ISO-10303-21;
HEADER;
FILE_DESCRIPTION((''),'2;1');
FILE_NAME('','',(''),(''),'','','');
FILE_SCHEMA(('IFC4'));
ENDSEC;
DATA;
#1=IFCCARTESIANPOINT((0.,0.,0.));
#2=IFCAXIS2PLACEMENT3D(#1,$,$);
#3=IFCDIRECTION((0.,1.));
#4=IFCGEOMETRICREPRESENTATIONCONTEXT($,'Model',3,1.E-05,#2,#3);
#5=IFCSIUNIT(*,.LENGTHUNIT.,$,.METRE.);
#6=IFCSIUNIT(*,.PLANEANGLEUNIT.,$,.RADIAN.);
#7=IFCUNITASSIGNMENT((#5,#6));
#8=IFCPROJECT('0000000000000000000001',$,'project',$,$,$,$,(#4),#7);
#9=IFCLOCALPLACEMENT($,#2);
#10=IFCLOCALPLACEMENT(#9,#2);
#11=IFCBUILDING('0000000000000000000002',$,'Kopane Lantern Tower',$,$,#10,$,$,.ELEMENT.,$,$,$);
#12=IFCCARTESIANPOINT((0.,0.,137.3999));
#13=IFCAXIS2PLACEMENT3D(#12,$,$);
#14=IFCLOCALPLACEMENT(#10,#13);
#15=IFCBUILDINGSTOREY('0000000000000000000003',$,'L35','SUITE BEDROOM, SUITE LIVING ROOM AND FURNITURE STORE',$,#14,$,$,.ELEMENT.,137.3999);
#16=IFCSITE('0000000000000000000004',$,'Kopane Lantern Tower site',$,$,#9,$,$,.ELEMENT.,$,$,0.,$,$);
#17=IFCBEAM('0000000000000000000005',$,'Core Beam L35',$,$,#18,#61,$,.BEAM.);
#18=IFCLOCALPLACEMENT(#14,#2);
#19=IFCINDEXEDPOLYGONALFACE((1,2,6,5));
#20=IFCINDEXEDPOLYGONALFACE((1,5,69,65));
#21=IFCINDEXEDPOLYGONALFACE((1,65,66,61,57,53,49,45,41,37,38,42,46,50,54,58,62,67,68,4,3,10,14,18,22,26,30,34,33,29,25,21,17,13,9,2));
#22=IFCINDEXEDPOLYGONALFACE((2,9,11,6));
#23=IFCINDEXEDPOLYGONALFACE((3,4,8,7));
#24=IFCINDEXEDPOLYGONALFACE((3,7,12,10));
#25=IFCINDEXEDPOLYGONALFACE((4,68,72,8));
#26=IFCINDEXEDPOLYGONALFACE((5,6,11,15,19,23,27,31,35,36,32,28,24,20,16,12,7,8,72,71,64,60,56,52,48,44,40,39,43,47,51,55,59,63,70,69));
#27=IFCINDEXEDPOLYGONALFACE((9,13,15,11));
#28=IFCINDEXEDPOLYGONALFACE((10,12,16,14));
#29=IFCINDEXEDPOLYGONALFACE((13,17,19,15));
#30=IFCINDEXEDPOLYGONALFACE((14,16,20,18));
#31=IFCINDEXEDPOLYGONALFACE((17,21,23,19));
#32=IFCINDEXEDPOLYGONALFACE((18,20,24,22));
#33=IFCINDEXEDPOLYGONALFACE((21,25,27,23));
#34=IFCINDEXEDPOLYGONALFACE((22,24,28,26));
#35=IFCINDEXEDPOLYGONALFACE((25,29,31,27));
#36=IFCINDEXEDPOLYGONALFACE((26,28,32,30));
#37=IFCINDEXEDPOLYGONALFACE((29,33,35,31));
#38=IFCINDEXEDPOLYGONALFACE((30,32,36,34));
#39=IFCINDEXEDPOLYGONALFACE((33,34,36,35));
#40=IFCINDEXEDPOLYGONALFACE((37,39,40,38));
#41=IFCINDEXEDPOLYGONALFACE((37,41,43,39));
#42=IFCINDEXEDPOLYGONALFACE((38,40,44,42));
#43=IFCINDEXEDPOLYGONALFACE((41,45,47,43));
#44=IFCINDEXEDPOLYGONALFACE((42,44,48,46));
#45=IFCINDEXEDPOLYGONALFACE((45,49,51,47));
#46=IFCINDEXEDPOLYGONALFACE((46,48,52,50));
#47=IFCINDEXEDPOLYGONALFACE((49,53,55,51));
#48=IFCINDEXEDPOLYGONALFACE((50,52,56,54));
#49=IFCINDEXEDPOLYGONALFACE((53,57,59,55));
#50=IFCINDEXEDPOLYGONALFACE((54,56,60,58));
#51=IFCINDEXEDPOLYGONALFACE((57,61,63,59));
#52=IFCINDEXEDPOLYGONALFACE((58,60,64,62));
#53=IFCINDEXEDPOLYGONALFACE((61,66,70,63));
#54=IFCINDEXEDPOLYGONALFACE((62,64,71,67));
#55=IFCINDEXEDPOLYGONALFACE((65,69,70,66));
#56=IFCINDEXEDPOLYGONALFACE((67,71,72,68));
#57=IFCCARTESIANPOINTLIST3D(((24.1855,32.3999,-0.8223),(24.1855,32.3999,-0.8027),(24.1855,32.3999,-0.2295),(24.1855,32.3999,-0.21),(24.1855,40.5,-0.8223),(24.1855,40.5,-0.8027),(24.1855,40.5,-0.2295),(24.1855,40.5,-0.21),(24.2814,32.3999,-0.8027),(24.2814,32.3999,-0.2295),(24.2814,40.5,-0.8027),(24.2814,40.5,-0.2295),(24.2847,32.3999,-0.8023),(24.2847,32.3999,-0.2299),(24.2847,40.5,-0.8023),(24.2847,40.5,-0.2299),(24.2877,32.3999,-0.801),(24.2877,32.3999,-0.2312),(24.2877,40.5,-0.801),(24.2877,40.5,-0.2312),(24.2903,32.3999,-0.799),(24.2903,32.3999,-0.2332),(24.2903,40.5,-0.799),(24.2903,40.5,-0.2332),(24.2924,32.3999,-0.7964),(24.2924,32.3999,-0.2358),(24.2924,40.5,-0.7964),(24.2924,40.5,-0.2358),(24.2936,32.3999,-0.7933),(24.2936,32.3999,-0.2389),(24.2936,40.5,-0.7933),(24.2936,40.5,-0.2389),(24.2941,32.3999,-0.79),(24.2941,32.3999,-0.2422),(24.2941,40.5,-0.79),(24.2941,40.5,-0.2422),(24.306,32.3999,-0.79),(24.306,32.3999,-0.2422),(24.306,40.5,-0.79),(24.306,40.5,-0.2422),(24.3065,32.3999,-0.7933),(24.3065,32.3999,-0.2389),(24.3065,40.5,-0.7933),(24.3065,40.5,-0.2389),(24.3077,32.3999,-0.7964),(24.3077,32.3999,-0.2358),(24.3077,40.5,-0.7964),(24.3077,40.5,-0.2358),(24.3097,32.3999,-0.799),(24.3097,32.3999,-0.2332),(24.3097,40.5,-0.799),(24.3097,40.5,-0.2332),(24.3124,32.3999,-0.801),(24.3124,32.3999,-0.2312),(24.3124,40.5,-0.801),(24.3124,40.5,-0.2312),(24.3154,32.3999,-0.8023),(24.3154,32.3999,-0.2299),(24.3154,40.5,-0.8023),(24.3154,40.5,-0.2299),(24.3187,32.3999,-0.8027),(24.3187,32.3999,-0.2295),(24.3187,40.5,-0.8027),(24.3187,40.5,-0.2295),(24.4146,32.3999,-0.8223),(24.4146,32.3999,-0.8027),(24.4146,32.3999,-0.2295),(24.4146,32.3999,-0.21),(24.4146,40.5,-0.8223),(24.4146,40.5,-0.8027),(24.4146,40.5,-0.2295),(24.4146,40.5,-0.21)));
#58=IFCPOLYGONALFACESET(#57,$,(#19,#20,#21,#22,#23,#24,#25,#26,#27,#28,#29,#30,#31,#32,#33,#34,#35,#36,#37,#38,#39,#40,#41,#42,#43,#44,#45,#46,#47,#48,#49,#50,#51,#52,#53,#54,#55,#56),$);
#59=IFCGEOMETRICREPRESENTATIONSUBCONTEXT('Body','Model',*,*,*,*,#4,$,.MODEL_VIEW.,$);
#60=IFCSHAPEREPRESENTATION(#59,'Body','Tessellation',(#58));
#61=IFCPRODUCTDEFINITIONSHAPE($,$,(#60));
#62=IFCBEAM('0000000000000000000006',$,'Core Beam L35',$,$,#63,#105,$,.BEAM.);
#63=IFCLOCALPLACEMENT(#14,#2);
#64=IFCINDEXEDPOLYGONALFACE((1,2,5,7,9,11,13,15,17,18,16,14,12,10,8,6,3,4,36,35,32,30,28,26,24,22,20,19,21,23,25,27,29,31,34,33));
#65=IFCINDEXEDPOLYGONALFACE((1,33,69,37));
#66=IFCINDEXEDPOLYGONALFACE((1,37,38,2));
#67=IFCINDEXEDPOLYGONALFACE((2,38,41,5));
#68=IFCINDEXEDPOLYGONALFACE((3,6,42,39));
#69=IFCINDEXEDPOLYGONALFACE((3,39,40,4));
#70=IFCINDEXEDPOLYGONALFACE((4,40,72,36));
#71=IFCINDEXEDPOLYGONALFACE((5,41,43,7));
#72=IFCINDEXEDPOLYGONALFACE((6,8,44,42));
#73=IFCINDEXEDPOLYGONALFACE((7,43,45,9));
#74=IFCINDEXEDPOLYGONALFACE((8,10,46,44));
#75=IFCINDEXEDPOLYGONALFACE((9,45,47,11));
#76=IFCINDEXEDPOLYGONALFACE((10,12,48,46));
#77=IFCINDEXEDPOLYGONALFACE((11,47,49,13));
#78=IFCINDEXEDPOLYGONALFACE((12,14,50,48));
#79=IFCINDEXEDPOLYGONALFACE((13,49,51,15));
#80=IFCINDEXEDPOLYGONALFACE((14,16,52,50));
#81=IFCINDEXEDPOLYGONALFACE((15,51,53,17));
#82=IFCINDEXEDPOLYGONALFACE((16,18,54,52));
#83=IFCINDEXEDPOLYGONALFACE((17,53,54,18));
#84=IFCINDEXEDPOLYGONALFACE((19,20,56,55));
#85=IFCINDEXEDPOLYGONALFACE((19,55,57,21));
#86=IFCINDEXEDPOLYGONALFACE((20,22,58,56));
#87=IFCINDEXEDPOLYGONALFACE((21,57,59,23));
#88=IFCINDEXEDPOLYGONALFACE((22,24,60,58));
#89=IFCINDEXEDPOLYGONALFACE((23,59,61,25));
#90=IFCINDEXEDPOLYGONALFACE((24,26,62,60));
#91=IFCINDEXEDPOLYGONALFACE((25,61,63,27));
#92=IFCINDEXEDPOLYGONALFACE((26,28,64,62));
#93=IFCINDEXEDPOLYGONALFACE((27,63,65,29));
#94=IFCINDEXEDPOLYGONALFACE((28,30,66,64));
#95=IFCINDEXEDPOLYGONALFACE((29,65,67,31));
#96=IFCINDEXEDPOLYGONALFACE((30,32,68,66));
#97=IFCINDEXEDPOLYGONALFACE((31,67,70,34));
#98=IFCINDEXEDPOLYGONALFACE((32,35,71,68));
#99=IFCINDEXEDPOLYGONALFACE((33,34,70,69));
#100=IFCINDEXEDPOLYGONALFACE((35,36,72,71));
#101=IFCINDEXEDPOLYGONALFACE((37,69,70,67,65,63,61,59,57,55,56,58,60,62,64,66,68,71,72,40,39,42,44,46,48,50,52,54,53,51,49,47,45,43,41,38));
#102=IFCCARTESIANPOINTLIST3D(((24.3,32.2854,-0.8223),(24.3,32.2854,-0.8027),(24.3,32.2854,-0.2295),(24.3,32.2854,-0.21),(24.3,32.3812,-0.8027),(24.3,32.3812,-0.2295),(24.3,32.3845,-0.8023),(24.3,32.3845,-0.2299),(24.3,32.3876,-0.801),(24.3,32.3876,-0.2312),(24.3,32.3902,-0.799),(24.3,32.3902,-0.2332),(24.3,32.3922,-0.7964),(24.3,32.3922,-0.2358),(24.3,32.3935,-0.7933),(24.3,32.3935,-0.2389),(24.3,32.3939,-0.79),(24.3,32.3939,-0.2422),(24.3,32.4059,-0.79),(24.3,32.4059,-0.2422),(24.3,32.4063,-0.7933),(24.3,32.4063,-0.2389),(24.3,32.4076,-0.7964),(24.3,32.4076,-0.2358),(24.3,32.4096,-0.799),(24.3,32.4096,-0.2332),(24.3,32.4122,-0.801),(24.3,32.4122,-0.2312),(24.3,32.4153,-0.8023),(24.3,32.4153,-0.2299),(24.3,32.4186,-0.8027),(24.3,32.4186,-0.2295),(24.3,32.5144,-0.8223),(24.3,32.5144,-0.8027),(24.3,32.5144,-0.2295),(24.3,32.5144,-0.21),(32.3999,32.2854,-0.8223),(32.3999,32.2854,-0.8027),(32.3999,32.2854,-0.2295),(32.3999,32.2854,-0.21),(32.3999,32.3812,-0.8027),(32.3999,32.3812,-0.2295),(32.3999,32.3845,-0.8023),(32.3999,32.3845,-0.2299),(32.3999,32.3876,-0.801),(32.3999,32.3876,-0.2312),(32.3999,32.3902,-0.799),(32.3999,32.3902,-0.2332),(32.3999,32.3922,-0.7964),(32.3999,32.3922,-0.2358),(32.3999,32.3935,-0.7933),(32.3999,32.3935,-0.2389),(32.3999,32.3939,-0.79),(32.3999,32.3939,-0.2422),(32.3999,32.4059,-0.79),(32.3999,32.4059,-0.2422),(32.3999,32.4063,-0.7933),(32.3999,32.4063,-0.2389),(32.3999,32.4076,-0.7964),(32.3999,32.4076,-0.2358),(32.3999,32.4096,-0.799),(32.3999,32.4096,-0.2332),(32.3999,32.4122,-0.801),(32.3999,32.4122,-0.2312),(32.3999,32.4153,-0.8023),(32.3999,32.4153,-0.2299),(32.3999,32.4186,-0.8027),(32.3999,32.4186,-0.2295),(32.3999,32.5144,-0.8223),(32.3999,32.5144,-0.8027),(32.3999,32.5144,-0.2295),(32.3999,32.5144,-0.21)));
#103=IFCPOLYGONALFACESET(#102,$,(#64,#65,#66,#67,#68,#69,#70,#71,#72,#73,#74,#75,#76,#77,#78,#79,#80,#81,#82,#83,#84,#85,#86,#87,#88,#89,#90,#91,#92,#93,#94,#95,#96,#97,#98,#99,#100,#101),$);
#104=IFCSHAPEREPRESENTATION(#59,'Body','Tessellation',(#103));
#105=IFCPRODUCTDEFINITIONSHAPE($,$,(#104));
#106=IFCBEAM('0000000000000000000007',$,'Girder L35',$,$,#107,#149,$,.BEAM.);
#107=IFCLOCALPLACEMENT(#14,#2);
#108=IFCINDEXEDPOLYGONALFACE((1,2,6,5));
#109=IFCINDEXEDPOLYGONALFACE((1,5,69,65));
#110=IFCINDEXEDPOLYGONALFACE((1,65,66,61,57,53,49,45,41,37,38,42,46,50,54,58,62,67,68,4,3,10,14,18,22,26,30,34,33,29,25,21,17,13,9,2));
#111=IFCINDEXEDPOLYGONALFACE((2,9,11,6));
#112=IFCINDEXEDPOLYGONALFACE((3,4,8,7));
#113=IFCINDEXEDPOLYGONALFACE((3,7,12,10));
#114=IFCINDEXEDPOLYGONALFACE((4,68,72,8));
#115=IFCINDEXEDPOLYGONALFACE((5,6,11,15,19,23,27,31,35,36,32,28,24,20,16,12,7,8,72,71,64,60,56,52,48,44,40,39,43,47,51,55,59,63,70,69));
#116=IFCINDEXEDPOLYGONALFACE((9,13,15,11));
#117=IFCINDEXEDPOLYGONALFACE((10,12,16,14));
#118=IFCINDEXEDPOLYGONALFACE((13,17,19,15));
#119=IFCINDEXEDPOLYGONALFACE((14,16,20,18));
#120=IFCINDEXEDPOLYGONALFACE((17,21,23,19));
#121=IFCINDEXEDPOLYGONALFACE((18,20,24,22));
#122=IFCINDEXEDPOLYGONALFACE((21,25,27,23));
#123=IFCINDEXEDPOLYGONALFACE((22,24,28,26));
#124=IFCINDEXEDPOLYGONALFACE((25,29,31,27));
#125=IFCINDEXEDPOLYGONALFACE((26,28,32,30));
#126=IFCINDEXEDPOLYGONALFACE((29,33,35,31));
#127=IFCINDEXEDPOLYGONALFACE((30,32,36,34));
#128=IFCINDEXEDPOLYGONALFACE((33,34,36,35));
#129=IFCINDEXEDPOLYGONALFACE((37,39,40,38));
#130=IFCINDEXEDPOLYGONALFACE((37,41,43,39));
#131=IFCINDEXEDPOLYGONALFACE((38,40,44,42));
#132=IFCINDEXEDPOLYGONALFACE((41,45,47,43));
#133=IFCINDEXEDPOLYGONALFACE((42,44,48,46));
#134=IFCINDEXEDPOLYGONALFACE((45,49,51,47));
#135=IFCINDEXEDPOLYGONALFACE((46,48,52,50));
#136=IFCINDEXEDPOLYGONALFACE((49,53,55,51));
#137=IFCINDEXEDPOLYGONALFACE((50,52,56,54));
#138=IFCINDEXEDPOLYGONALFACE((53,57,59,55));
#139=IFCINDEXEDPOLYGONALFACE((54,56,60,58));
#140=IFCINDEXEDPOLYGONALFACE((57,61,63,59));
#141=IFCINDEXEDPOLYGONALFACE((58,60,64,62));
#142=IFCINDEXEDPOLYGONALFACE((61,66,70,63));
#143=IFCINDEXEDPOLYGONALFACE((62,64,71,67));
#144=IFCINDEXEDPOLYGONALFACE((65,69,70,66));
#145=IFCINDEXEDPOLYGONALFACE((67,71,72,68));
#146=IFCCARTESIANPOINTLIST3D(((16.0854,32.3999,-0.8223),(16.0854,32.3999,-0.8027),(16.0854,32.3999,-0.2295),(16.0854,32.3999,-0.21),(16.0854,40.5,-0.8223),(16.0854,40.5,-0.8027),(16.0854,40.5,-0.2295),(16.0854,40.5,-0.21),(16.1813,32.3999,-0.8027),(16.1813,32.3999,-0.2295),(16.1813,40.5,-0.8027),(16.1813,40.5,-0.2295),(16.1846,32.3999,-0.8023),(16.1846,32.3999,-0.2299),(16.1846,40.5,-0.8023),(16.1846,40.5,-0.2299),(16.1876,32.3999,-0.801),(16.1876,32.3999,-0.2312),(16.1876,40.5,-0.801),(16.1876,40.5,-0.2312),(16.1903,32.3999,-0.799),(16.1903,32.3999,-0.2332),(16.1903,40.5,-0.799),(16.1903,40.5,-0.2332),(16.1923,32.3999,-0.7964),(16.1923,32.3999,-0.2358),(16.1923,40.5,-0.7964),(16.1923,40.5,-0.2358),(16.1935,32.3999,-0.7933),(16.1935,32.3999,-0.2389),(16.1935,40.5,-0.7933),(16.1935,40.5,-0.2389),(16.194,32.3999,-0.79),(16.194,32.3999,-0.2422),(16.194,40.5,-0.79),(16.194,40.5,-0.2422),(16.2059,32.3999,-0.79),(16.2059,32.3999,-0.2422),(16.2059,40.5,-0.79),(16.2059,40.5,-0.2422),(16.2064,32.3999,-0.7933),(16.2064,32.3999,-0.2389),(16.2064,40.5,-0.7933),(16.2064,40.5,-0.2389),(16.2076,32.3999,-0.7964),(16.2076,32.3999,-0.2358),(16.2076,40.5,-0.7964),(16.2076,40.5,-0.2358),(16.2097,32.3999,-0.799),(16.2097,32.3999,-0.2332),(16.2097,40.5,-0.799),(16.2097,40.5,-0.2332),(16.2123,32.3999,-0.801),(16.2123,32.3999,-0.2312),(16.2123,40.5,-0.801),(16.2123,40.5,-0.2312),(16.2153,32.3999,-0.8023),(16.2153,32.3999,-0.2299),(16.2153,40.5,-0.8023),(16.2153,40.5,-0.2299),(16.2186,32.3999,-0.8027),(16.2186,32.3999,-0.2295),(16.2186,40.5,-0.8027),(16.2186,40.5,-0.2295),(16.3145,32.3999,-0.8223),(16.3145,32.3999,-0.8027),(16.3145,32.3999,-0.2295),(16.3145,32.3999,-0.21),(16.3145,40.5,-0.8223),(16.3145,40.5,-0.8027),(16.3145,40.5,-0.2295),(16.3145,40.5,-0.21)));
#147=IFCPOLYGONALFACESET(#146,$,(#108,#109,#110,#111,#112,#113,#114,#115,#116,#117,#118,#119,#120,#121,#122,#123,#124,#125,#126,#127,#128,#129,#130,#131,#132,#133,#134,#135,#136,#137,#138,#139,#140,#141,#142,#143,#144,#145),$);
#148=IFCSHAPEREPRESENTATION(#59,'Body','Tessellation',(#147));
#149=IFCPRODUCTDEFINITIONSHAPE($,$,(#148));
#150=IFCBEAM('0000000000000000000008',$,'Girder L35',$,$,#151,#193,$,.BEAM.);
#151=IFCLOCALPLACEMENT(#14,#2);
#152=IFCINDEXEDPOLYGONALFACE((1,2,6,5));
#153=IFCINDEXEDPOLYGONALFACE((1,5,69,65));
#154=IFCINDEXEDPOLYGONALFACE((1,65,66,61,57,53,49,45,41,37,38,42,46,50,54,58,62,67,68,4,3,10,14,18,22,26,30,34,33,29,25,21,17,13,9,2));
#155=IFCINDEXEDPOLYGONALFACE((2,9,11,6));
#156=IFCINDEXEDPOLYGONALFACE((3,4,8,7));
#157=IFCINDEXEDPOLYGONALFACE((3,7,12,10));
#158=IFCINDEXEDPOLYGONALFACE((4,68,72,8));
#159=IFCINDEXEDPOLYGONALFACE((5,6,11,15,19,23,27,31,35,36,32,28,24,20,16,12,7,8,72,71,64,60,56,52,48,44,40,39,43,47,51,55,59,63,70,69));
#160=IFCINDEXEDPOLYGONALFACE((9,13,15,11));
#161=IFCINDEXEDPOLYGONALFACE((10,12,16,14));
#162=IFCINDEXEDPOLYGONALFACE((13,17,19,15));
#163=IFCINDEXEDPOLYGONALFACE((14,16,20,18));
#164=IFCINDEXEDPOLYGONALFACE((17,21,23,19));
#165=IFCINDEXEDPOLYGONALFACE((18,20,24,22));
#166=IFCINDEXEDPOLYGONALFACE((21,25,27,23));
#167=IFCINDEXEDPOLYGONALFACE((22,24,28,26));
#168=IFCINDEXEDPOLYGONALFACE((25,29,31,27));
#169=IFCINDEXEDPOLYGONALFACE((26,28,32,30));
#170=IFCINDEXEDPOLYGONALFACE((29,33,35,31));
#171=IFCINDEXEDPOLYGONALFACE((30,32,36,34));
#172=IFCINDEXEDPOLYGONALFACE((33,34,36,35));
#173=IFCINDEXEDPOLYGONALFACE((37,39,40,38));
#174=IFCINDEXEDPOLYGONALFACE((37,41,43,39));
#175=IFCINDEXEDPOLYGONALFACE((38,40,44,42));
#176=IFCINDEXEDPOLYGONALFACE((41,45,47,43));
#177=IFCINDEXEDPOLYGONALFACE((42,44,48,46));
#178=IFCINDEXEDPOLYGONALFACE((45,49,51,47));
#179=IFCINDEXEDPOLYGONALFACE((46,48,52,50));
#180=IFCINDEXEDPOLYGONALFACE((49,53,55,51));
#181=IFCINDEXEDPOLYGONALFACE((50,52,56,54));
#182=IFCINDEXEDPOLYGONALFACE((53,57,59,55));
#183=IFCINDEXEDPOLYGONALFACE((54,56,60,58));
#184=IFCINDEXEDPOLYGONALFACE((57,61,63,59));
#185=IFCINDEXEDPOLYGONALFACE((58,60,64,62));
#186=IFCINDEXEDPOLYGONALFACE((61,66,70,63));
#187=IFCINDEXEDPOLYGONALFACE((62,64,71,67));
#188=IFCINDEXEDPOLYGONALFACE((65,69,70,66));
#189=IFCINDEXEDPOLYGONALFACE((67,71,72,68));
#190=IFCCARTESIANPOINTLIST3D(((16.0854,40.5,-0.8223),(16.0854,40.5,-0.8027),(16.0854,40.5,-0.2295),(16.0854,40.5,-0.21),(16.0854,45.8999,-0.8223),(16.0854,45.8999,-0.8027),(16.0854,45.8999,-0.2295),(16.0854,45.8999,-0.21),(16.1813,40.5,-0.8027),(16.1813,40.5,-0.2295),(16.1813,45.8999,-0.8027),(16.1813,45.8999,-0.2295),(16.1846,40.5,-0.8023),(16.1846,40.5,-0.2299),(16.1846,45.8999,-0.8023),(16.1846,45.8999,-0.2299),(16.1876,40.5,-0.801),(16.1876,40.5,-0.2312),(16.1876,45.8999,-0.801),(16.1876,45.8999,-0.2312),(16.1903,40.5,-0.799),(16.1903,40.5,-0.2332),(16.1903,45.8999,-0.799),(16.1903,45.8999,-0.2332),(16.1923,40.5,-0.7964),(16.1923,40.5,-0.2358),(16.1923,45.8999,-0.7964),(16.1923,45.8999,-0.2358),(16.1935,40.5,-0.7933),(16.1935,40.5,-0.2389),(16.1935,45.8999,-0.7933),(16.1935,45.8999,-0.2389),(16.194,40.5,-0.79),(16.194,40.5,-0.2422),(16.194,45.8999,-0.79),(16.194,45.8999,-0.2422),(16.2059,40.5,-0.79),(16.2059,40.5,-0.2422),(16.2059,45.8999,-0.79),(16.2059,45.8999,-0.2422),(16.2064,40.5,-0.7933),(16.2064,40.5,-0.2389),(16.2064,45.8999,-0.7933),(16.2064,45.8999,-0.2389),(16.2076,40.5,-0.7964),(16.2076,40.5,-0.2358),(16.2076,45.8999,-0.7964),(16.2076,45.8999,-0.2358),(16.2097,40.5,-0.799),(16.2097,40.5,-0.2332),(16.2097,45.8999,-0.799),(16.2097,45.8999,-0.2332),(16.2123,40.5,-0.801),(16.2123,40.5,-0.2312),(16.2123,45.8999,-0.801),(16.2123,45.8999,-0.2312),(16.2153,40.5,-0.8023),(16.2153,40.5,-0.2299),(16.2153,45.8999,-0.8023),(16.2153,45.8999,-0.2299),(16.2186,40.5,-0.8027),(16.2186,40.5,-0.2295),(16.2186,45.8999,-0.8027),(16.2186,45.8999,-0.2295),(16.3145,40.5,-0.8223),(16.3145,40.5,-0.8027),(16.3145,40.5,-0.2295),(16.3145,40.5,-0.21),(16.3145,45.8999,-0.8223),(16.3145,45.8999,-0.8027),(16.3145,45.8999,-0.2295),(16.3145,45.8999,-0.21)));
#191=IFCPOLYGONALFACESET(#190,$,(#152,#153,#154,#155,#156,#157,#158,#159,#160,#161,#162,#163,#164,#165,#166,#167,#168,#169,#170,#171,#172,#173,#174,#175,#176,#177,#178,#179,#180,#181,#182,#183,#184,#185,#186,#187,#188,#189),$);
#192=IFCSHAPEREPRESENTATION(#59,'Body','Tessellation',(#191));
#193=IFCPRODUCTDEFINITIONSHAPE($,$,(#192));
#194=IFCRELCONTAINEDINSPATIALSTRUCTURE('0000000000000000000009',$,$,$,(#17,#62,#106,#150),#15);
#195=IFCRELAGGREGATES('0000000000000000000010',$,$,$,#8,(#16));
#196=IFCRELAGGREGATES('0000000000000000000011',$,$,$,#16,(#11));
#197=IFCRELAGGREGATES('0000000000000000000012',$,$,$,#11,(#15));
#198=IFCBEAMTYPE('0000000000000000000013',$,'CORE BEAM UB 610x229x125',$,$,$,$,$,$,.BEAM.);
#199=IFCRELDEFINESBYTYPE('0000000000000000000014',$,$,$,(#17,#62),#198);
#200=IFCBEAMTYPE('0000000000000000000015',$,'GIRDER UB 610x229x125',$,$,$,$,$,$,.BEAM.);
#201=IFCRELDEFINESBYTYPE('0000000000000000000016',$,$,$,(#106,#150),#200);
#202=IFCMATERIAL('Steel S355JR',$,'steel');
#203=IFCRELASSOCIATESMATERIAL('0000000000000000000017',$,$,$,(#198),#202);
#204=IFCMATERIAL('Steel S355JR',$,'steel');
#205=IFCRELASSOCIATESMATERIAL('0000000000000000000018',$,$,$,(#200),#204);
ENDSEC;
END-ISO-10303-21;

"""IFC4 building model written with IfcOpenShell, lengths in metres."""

from ifc_helpers import new_model, si_unit, direction, frame, origin, origin_2d, place, context, subcontext, project, spatial, i_section, extrude, material, material_profile, profile_set, type_object, element, save


model = new_model("IFC4")

# Units and contexts
model_context = context("Model", 3, precision=1e-05, world=origin(), true_north=direction((0.0, 1.0)))
body_context = subcontext(model_context, "Body", "Model", "MODEL_VIEW")
ifc_project = project(units=[si_unit("LENGTHUNIT", "METRE"), si_unit("PLANEANGLEUNIT", "RADIAN")], contexts=[model_context])

# Site, building, storey
site_placement = place(None, origin())
site = spatial("IfcSite", under=ifc_project, at=site_placement, Name="Kopane Lantern Tower site", CompositionType="ELEMENT", RefElevation=0.0)
building_placement = place(site_placement, origin())
building = spatial("IfcBuilding", under=site, at=building_placement, Name="Kopane Lantern Tower", CompositionType="ELEMENT")
storey_placement = place(building_placement, frame((0.0, 0.0, 137.3999)))
storey = spatial("IfcBuildingStorey", under=building, at=storey_placement, Name="L35", Description="SUITE BEDROOM, SUITE LIVING ROOM AND FURNITURE STORE", CompositionType="ELEMENT", Elevation=137.3999)

# Beams
ifc_material_1 = material(Name="Steel S355JR", Category="steel")
ifc_material_profile_1 = material_profile(ifc_material_1, i_section(OverallWidth=0.229, OverallDepth=0.6123, WebThickness=0.012, FlangeThickness=0.0195, FilletRadius=0.0127, at=origin_2d()), Name="UB 610x229x125")
ifc_profile_set_1 = profile_set([ifc_material_profile_1], Name="Steel S355JR")
beam_type_1 = type_object("IfcBeamType", Name="CORE BEAM UB 610x229x125", PredefinedType="BEAM", material=ifc_profile_set_1)
for number, where, z_axis, x_axis, name in (
    (1, (24.3, 32.3999, -0.5161), (0.0, 1.0, 0.0), (-1.0, 0.0, 0.0), "Core Beam L35"),
):
    element("IfcBeam", number, at=place(storey_placement, frame(where, z_axis=z_axis, x_axis=x_axis)), inside=storey, type_object=beam_type_1, Name=name, PredefinedType="BEAM", context=body_context, shape_type="SweptSolid", body=[
        extrude(i_section(OverallWidth=0.229, OverallDepth=0.6123, WebThickness=0.012, FlangeThickness=0.0195, FilletRadius=0.0127, at=origin_2d()), origin(), (0.0, 0.0, 1.0), 8.1001),
    ])
beam_1_placement = place(storey_placement, frame((24.3, 32.3999, -0.5161), z_axis=(1.0, 0.0, 0.0), x_axis=(0.0, 1.0, 0.0)))
element("IfcBeam", 2, at=beam_1_placement, inside=storey, type_object=beam_type_1, Name="Core Beam L35", PredefinedType="BEAM", context=body_context, shape_type="SweptSolid", body=[
    extrude(i_section(OverallWidth=0.229, OverallDepth=0.6123, WebThickness=0.012, FlangeThickness=0.0195, FilletRadius=0.0127, at=origin_2d()), origin(), (0.0, 0.0, 1.0), 8.0999),
])
ifc_material_2 = material(Name="Steel S355JR", Category="steel")
ifc_material_profile_2 = material_profile(ifc_material_2, i_section(OverallWidth=0.229, OverallDepth=0.6123, WebThickness=0.012, FlangeThickness=0.0195, FilletRadius=0.0127, at=origin_2d()), Name="UB 610x229x125")
ifc_profile_set_2 = profile_set([ifc_material_profile_2], Name="Steel S355JR")
beam_type_2 = type_object("IfcBeamType", Name="GIRDER UB 610x229x125", PredefinedType="BEAM", material=ifc_profile_set_2)
beam_2_placement = place(storey_placement, frame((16.2, 32.3999, -0.5161), z_axis=(0.0, 1.0, 0.0), x_axis=(-1.0, 0.0, 0.0)))
element("IfcBeam", 3, at=beam_2_placement, inside=storey, type_object=beam_type_2, Name="Girder L35", PredefinedType="BEAM", context=body_context, shape_type="SweptSolid", body=[
    extrude(i_section(OverallWidth=0.229, OverallDepth=0.6123, WebThickness=0.012, FlangeThickness=0.0195, FilletRadius=0.0127, at=origin_2d()), origin(), (0.0, 0.0, 1.0), 8.1001),
])
beam_3_placement = place(storey_placement, frame((16.2, 40.5, -0.5161), z_axis=(0.0, 1.0, 0.0), x_axis=(-1.0, 0.0, 0.0)))
element("IfcBeam", 4, at=beam_3_placement, inside=storey, type_object=beam_type_2, Name="Girder L35", PredefinedType="BEAM", context=body_context, shape_type="SweptSolid", body=[
    extrude(i_section(OverallWidth=0.229, OverallDepth=0.6123, WebThickness=0.012, FlangeThickness=0.0195, FilletRadius=0.0127, at=origin_2d()), origin(), (0.0, 0.0, 1.0), 5.3999),
])

save(model, "model.ifc")
